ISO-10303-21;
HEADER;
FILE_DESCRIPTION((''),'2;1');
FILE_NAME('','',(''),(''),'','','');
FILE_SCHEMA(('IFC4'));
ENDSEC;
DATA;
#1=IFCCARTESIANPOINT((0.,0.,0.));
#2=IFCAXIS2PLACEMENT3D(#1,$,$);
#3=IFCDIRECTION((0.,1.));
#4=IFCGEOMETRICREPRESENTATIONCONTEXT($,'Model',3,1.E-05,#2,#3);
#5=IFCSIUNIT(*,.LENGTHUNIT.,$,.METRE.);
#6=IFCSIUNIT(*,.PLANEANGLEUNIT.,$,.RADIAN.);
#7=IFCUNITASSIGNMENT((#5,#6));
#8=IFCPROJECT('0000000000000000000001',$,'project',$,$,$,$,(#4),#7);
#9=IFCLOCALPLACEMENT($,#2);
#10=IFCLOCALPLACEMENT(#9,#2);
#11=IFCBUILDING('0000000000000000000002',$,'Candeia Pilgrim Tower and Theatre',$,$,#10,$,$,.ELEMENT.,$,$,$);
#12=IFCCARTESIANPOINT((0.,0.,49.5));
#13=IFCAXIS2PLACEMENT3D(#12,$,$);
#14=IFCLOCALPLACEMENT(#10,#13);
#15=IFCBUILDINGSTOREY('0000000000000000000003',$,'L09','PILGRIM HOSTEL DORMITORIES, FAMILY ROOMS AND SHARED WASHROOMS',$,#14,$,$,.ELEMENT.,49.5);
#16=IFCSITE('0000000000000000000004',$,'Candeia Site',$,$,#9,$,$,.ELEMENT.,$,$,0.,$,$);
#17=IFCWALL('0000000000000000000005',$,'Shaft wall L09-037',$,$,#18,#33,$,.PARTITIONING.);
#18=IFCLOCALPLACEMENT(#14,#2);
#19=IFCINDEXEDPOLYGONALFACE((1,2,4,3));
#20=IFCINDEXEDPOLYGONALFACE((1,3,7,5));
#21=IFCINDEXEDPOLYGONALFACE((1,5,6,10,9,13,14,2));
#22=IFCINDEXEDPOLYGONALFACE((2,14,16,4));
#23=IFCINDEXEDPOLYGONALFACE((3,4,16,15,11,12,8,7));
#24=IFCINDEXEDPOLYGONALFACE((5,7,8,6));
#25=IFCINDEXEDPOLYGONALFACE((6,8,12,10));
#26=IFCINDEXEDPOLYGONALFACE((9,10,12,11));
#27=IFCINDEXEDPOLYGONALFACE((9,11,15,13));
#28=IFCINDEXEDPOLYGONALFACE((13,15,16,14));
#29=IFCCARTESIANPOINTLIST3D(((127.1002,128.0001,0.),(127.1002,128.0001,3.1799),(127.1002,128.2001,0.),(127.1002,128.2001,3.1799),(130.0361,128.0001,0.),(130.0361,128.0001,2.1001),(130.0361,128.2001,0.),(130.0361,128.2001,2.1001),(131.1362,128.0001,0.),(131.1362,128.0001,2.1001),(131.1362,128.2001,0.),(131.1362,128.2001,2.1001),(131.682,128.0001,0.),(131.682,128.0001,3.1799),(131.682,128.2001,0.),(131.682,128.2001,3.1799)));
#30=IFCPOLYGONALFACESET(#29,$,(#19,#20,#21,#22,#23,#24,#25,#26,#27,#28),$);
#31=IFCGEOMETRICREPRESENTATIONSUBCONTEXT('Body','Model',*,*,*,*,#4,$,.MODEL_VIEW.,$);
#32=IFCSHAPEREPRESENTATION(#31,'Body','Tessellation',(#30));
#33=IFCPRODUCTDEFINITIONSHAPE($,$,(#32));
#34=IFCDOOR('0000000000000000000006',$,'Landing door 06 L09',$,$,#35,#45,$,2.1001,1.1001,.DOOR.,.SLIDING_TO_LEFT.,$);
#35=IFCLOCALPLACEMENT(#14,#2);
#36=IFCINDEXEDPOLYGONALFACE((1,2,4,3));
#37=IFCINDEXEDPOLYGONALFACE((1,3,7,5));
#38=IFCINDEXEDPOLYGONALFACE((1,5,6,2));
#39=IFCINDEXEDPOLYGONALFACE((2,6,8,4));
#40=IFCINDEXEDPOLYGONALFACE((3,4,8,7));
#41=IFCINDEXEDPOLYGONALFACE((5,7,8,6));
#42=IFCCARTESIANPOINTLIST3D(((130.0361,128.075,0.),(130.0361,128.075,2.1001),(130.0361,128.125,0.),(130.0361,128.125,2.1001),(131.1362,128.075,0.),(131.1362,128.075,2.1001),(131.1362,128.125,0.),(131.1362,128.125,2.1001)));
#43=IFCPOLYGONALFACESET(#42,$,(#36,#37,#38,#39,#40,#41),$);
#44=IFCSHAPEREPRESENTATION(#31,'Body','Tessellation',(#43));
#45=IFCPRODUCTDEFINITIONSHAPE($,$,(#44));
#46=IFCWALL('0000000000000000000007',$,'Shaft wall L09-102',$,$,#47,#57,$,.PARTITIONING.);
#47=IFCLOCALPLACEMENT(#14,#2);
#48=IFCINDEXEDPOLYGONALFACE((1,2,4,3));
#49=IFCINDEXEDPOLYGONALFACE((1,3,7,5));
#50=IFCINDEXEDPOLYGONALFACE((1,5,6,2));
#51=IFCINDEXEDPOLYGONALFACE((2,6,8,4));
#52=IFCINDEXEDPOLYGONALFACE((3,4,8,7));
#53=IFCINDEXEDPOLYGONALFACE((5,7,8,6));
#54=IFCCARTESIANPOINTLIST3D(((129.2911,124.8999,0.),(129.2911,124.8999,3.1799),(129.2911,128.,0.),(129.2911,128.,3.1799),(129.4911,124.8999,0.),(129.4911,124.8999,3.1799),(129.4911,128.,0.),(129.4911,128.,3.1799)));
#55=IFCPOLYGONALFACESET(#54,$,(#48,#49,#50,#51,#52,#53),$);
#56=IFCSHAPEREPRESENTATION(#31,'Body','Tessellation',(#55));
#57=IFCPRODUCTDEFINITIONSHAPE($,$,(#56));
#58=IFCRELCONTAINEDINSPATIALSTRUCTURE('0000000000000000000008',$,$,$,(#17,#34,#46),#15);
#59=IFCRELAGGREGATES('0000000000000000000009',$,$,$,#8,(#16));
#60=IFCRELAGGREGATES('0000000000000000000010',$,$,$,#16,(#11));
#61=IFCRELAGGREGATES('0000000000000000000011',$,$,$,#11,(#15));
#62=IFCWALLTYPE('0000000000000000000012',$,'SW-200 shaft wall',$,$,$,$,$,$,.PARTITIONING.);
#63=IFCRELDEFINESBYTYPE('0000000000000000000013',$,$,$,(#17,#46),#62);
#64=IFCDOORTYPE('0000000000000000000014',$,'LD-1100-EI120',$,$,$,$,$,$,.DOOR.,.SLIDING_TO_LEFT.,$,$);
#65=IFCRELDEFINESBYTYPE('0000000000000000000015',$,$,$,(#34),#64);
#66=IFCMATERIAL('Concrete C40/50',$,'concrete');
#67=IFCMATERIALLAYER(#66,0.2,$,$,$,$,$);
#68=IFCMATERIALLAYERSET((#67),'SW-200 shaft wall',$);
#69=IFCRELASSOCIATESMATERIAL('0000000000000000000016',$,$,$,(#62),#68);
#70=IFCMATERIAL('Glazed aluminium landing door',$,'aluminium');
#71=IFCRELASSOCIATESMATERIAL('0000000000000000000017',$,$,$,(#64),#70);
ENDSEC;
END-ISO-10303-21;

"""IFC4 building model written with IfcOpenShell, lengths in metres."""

from ifc_helpers import new_model, si_unit, direction, frame, frame_2d, origin, place, context, subcontext, project, spatial, rectangle, extrude, material, layer, layer_set, type_object, element, fill, save


model = new_model("IFC4")

# Units and contexts
model_context = context("Model", 3, precision=1e-05, world=origin(), true_north=direction((0.0, 1.0)))
body_context = subcontext(model_context, "Body", "Model", "MODEL_VIEW")
ifc_project = project(units=[si_unit("LENGTHUNIT", "METRE"), si_unit("PLANEANGLEUNIT", "RADIAN")], contexts=[model_context])

# Site, building, storey
site_placement = place(None, origin())
site = spatial("IfcSite", under=ifc_project, at=site_placement, Name="Candeia Site", CompositionType="ELEMENT", RefElevation=0.0)
building_placement = place(site_placement, origin())
building = spatial("IfcBuilding", under=site, at=building_placement, Name="Candeia Pilgrim Tower and Theatre", CompositionType="ELEMENT")
storey_placement = place(building_placement, frame((0.0, 0.0, 49.5)))
storey = spatial("IfcBuildingStorey", under=building, at=storey_placement, Name="L09", Description="PILGRIM HOSTEL DORMITORIES, FAMILY ROOMS AND SHARED WASHROOMS", CompositionType="ELEMENT", Elevation=49.5)

# Shared definitions
ifc_material_1 = material(Name="Concrete C40/50", Category="concrete")
ifc_layer_1 = layer(ifc_material_1, 0.2)
ifc_layer_set_1 = layer_set([ifc_layer_1], Name="SW-200 shaft wall")
wall_type_1 = type_object("IfcWallType", Name="SW-200 shaft wall", PredefinedType="PARTITIONING", material=ifc_layer_set_1)

# Wall, opening, door
ifc_material_2 = material(Name="Glazed aluminium landing door", Category="aluminium")
door_type_1 = type_object("IfcDoorType", Name="LD-1100-EI120", OperationType="SLIDING_TO_LEFT", PredefinedType="DOOR", material=ifc_material_2)
wall_1_placement = place(storey_placement, frame((127.1001, 128.1001, 0.0), z_axis=(0.0, 0.0, 1.0), x_axis=(1.0, 0.0, 0.0)))
wall_1 = element("IfcWall", 1, at=wall_1_placement, inside=storey, type_object=wall_type_1, Name="Shaft wall L09-037", PredefinedType="PARTITIONING", context=body_context, shape_type="SweptSolid", body=[
    extrude(rectangle(XDim=4.5818, YDim=0.2, at=frame_2d((2.291, 0.0))), origin(), (0.0, 0.0, 1.0), 3.1799),
])
opening_1_placement = place(wall_1_placement, frame((2.936, 0.0, 0.0)))
opening_1 = element("IfcOpeningElement", 2, at=opening_1_placement, cuts=wall_1, PredefinedType="OPENING", context=body_context, shape_type="SweptSolid", body=[
    extrude(rectangle(XDim=1.1001, YDim=2.1001, at=frame_2d((0.55, 1.05))), frame((0.0, 0.1099, 0.0), z_axis=(0.0, -1.0, 0.0), x_axis=(1.0, 0.0, 0.0)), (0.0, 0.0, 1.0), 0.22),
])
door_1_placement = place(opening_1_placement, origin())
door_1 = element("IfcDoor", 3, at=door_1_placement, inside=storey, type_object=door_type_1, Name="Landing door 06 L09", OperationType="SLIDING_TO_LEFT", OverallHeight=2.1001, OverallWidth=1.1001, PredefinedType="DOOR", context=body_context, shape_type="SweptSolid", body=[
    extrude(rectangle(XDim=1.1001, YDim=2.1001, at=frame_2d((0.55, 1.05))), frame((0.0, 0.0249, 0.0), z_axis=(0.0, -1.0, 0.0), x_axis=(1.0, 0.0, 0.0)), (0.0, 0.0, 1.0), 0.05),
])
fill(opening_1, door_1)

# Wall
wall_2_placement = place(storey_placement, frame((129.3911, 124.8999, 0.0), z_axis=(0.0, 0.0, 1.0), x_axis=(0.0, 1.0, 0.0)))
element("IfcWall", 4, at=wall_2_placement, inside=storey, type_object=wall_type_1, Name="Shaft wall L09-102", PredefinedType="PARTITIONING", context=body_context, shape_type="SweptSolid", body=[
    extrude(rectangle(XDim=3.1001, YDim=0.2, at=frame_2d((1.55, 0.0))), origin(), (0.0, 0.0, 1.0), 3.1799),
])

save(model, "model.ifc")
